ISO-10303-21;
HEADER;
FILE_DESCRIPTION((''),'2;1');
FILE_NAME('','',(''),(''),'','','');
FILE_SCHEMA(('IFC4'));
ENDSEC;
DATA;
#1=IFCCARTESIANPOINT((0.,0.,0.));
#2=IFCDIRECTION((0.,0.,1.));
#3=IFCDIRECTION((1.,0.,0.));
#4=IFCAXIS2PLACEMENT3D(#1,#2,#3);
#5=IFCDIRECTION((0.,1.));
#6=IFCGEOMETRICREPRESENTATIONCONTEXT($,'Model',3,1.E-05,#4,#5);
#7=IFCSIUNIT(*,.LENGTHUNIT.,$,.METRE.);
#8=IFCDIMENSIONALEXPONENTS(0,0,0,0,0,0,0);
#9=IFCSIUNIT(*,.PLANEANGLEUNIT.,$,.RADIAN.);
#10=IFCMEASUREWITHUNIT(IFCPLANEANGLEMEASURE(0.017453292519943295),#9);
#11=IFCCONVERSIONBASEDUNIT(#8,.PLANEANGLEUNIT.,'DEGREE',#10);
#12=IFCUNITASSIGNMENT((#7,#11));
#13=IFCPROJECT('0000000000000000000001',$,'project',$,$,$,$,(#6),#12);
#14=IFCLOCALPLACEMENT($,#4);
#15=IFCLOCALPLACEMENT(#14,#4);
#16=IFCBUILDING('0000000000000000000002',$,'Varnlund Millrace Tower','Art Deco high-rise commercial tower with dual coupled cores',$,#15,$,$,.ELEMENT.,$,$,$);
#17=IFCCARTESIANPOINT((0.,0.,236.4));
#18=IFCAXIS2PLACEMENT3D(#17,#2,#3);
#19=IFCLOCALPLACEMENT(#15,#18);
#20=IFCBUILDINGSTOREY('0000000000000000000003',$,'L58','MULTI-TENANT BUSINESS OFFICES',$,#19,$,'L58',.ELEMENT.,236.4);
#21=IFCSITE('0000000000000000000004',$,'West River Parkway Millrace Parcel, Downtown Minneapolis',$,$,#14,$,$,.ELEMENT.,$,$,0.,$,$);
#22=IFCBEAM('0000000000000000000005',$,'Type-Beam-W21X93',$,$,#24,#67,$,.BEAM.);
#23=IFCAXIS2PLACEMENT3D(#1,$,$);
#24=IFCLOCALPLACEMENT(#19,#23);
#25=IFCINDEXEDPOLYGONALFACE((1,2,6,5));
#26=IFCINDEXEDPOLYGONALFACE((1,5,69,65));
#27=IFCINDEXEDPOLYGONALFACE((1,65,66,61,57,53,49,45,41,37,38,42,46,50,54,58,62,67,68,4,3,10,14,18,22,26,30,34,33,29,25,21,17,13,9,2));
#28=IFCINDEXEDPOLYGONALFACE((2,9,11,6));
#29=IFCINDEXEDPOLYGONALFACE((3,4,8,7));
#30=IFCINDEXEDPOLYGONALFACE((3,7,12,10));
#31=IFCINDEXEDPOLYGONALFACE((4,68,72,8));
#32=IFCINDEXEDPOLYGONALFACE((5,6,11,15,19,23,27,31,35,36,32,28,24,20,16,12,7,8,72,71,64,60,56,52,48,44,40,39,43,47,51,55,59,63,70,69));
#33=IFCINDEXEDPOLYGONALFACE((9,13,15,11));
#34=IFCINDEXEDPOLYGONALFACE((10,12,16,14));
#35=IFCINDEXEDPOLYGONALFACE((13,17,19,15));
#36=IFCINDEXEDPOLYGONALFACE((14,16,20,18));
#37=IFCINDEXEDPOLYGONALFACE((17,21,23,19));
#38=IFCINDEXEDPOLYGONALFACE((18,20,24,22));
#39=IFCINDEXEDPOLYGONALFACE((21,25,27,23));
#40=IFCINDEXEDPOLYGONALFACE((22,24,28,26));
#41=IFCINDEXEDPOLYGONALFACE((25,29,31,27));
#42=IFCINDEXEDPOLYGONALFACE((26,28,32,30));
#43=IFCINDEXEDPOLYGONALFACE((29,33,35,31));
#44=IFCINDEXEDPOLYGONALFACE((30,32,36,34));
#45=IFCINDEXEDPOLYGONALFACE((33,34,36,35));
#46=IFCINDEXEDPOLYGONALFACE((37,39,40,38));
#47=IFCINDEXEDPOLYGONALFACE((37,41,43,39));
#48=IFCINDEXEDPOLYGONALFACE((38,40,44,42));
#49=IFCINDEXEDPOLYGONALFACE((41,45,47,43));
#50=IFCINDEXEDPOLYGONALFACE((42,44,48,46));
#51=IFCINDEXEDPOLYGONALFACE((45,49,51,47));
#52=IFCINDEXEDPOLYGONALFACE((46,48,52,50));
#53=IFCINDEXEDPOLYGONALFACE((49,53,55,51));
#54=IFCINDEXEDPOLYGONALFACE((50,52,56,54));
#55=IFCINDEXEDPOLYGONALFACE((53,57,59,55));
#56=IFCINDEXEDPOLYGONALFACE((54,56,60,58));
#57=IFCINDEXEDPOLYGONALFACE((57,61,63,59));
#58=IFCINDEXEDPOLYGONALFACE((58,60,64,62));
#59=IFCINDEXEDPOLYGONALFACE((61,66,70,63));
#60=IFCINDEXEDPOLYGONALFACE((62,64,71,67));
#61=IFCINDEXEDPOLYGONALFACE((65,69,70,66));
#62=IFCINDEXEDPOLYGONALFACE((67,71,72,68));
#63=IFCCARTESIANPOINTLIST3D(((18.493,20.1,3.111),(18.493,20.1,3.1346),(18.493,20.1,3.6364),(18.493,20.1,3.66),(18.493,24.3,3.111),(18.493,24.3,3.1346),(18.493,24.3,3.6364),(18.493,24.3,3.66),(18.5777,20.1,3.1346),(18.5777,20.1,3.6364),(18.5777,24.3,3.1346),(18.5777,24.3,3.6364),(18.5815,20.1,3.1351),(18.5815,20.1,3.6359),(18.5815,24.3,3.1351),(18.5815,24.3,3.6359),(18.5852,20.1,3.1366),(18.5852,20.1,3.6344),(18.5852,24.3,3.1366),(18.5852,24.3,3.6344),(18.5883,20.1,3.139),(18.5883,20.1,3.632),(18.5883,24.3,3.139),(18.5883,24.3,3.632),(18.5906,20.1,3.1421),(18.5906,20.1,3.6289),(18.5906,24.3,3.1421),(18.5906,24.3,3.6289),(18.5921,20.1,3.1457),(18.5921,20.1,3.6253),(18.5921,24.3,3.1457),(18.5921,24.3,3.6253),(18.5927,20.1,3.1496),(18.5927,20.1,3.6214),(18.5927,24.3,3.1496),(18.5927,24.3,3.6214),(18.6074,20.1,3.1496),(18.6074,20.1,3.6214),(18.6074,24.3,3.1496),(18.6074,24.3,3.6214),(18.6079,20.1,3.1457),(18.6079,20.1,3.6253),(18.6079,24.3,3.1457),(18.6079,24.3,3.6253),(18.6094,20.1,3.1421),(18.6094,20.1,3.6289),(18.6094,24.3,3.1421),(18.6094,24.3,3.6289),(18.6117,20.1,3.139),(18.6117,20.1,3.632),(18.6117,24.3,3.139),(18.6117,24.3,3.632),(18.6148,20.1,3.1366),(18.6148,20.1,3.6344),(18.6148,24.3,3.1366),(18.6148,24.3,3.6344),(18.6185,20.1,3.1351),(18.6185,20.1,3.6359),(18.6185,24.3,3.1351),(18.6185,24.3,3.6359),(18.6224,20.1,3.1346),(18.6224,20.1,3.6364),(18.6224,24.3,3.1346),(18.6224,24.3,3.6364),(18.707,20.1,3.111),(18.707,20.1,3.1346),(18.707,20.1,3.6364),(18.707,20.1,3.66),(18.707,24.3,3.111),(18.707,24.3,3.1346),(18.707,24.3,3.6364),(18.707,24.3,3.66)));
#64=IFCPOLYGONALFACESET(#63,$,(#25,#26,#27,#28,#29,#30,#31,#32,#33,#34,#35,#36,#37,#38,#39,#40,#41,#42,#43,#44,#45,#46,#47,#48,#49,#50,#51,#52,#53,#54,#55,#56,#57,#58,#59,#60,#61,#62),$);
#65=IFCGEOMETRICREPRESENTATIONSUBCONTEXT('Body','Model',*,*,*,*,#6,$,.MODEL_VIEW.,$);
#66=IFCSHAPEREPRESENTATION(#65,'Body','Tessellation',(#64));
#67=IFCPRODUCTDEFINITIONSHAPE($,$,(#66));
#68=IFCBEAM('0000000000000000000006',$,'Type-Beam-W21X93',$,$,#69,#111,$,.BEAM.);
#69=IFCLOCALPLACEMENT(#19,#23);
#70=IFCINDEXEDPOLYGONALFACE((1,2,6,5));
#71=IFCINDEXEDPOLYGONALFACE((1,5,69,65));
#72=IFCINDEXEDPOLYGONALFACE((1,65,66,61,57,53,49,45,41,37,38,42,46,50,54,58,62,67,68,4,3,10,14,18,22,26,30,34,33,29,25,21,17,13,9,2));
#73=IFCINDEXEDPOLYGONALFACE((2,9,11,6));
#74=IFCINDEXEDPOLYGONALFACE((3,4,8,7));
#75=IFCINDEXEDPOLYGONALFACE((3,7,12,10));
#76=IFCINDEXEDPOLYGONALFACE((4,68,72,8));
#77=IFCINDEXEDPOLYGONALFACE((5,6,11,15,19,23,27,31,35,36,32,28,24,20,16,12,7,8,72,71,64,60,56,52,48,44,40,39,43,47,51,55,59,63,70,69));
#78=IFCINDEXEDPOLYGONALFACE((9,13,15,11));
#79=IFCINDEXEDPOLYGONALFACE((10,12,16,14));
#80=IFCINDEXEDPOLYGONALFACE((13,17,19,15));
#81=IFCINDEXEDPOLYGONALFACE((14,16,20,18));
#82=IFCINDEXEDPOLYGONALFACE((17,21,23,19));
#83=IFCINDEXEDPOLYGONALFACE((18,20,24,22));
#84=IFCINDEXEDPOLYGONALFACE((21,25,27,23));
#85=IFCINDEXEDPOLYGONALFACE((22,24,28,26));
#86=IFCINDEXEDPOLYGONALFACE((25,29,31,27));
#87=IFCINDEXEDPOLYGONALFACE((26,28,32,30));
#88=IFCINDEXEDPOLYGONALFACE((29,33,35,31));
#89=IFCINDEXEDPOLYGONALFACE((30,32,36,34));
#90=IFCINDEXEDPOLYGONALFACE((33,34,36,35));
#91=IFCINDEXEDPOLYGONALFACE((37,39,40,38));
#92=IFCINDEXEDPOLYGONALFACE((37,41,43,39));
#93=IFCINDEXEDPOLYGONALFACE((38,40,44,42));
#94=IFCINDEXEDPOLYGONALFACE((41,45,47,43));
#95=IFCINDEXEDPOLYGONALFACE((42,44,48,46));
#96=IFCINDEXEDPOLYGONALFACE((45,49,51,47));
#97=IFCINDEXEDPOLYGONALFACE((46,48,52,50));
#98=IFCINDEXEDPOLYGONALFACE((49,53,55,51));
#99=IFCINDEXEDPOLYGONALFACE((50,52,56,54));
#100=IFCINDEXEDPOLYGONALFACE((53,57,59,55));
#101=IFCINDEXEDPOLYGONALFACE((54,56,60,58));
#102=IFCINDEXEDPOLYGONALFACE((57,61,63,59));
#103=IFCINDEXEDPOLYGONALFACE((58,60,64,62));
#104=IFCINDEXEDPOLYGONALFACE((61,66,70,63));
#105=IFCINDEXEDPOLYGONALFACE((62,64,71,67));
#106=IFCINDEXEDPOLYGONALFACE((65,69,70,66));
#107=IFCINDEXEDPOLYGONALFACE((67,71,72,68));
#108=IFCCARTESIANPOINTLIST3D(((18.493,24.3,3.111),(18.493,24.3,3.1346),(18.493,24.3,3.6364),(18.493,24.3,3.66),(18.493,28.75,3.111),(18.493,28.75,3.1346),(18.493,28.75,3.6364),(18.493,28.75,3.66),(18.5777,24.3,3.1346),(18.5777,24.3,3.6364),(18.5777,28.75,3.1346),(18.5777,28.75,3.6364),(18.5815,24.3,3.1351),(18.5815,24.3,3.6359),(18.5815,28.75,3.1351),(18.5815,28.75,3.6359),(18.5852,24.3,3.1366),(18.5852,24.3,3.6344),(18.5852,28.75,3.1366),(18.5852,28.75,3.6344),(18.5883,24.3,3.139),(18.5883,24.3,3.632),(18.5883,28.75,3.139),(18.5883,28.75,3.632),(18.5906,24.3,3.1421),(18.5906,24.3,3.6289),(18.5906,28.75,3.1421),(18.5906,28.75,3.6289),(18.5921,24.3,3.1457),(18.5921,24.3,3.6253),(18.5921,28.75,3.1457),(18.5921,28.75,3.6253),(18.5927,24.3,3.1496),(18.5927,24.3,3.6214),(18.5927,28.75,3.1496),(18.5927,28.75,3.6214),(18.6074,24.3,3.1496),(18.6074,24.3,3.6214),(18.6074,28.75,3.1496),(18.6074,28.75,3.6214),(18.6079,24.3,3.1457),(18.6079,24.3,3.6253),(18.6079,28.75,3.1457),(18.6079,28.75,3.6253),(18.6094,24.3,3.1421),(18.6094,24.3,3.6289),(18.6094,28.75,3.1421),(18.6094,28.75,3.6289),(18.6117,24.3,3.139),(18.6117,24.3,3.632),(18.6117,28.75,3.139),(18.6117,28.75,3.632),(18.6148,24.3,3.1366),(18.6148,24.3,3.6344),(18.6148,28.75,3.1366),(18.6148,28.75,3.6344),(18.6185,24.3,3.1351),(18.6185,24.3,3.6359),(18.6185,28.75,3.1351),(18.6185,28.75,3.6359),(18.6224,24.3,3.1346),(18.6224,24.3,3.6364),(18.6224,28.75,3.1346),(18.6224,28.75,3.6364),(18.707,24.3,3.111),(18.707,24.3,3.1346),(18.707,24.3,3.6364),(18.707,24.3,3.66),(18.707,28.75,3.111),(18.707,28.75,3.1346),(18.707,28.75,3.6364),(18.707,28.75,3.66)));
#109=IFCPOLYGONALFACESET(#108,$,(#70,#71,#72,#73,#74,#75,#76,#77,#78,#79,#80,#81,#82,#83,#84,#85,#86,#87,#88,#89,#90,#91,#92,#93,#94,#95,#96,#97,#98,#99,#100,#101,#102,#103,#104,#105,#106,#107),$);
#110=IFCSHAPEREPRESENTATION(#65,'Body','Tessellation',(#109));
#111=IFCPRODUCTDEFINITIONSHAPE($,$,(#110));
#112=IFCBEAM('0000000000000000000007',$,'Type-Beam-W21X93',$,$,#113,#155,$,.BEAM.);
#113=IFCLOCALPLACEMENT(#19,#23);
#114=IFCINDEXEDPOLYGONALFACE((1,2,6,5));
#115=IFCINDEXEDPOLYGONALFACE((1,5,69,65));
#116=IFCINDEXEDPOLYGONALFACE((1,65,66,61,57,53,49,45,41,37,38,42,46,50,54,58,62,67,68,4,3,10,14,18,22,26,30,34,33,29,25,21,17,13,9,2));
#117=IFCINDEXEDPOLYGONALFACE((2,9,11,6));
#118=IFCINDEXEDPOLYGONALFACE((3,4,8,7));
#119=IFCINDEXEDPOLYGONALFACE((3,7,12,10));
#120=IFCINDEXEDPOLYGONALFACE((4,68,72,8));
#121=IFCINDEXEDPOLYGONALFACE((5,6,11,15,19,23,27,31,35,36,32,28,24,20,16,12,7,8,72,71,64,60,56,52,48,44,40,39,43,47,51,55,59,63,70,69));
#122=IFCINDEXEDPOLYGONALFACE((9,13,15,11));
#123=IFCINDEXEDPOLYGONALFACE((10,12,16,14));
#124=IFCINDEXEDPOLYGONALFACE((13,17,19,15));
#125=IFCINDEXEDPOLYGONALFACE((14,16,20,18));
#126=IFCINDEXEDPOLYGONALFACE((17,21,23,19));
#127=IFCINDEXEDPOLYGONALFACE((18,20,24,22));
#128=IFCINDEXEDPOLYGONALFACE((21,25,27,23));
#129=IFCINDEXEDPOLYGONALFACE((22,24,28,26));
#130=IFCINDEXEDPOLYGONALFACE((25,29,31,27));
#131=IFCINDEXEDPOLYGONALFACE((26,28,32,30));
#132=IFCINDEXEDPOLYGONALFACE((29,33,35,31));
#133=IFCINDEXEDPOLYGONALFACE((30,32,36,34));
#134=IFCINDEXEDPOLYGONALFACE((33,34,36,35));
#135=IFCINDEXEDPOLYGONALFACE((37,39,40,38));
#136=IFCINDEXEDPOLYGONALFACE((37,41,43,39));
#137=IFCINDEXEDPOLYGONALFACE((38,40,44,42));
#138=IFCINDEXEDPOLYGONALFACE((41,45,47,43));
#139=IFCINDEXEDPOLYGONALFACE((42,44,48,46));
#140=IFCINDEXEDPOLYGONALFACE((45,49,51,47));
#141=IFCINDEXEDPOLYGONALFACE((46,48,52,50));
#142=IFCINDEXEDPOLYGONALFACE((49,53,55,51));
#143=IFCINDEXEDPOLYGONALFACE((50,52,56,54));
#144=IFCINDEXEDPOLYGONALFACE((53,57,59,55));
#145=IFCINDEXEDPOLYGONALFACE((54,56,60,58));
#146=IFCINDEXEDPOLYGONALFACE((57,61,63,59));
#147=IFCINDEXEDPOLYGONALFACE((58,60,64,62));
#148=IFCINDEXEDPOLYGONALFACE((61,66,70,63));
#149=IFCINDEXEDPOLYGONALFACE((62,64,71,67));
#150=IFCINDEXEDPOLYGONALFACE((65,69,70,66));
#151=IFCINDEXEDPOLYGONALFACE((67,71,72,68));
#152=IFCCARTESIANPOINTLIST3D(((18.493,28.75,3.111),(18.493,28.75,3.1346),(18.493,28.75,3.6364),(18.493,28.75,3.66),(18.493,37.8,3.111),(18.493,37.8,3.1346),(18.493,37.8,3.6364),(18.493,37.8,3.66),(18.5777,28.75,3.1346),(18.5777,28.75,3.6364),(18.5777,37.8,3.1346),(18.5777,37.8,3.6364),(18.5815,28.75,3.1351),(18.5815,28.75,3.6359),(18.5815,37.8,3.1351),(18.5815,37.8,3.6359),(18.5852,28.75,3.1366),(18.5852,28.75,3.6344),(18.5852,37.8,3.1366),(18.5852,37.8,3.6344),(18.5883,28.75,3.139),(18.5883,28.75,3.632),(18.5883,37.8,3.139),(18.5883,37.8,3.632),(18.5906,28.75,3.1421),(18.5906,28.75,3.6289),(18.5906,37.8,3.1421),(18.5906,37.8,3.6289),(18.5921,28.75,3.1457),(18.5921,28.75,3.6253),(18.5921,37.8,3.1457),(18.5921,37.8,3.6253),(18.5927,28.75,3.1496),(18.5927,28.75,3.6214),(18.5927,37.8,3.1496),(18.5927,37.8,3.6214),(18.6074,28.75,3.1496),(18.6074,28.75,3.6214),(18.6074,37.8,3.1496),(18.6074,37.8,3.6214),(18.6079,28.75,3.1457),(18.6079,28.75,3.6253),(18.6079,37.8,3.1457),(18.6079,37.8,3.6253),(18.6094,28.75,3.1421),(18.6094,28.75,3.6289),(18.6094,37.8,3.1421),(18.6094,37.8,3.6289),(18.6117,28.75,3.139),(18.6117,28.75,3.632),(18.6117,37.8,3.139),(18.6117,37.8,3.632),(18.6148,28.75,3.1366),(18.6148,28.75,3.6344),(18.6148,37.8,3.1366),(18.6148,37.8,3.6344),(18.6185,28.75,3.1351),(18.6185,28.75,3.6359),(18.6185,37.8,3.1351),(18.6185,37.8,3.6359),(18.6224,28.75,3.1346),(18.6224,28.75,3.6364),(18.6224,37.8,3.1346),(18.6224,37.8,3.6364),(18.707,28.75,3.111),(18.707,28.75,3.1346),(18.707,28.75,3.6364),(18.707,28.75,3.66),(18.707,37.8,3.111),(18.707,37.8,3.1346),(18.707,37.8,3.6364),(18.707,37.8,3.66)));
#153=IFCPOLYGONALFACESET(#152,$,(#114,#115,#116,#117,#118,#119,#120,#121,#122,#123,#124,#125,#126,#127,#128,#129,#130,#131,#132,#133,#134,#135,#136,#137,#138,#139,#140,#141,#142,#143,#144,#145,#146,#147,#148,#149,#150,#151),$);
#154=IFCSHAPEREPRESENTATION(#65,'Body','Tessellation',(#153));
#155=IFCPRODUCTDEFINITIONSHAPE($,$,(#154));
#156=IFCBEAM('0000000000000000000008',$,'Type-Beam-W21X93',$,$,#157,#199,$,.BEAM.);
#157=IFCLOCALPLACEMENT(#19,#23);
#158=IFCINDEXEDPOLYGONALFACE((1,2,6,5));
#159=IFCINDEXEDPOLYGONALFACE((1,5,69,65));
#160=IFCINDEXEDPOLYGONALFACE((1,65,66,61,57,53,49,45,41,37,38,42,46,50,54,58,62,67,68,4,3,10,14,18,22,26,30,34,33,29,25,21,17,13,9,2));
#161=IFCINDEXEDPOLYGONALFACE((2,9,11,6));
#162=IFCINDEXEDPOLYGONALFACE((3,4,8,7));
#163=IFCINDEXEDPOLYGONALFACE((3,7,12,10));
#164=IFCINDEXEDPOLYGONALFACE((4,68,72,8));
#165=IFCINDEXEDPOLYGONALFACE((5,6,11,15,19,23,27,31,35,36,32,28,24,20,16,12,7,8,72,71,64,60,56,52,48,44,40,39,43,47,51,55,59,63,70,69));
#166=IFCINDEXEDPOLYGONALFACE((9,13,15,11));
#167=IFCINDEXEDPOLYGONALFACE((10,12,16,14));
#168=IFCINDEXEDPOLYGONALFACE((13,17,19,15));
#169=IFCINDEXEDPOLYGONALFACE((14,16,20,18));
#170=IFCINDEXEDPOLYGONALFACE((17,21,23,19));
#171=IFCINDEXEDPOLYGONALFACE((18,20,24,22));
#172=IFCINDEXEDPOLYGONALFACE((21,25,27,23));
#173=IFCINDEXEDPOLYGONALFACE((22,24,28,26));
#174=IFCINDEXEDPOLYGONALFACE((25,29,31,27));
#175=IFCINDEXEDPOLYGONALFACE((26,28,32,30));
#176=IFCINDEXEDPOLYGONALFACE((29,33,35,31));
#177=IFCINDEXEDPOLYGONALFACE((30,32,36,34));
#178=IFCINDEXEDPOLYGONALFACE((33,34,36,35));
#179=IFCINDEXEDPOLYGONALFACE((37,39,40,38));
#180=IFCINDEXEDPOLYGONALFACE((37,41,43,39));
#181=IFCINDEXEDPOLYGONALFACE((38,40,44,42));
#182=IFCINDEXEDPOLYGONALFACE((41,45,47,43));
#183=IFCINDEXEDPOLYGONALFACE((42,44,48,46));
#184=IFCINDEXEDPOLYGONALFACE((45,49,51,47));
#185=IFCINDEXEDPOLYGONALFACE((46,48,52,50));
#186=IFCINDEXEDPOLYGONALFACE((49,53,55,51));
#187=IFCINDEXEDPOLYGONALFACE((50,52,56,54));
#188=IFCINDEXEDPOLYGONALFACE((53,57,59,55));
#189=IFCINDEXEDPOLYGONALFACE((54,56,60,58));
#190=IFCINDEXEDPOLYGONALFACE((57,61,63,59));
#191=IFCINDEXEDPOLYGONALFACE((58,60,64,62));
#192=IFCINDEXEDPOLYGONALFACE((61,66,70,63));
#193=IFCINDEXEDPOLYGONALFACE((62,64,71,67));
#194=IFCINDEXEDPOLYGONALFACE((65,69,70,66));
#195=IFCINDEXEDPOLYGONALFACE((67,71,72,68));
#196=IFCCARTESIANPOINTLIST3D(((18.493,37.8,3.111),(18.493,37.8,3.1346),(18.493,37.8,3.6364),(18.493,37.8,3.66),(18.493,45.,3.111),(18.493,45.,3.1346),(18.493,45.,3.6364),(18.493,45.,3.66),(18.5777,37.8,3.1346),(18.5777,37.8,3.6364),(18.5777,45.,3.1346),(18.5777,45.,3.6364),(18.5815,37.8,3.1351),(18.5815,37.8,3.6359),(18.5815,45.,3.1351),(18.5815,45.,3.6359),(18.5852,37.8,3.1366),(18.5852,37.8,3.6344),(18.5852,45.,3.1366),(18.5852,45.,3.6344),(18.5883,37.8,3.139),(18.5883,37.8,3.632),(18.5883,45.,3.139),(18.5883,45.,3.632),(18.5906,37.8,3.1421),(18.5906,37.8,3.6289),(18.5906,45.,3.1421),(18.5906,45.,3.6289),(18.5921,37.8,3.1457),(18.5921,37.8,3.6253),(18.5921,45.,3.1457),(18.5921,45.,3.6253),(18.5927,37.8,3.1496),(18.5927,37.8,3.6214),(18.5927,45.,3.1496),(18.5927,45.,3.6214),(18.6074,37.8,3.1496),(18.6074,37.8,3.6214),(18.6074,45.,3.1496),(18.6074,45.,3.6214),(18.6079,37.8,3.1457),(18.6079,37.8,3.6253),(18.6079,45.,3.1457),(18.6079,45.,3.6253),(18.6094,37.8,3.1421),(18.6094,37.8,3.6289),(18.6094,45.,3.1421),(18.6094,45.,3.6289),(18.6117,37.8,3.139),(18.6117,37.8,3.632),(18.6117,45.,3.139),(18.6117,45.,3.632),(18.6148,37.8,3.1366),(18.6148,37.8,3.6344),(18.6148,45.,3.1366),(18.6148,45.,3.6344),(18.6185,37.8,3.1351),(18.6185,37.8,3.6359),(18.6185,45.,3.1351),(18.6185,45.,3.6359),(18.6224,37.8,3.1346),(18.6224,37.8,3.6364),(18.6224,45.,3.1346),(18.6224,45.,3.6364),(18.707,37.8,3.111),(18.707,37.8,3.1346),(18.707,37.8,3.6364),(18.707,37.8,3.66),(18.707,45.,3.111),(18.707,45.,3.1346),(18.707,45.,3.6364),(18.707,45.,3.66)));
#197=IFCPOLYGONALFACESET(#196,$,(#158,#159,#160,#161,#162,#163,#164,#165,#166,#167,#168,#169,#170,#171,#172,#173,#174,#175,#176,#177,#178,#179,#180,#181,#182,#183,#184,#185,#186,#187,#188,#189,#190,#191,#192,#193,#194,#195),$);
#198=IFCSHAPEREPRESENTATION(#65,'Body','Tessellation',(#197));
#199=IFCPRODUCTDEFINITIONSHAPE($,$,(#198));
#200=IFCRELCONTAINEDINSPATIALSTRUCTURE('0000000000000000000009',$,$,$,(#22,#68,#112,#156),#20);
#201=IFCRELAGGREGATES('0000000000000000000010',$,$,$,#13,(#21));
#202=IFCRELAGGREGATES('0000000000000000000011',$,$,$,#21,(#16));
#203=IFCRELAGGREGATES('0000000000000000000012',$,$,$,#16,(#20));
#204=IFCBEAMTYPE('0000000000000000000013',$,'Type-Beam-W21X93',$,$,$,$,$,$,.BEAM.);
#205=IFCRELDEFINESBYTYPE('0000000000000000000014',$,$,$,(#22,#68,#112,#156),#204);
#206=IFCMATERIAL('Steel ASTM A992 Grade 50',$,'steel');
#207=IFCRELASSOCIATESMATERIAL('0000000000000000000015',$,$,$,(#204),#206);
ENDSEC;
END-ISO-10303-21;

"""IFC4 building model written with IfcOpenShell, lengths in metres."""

from ifc_helpers import new_model, entity, si_unit, converted_unit, direction, frame, origin_with_axes, origin_2d_with_axis, place, context, subcontext, project, spatial, i_section, extrude, material, material_profile, profile_set, type_object, element, save


model = new_model("IFC4")

# Units and contexts
model_context = context("Model", 3, precision=1e-05, world=origin_with_axes(), true_north=direction((0.0, 1.0)))
body_context = subcontext(model_context, "Body", "Model", "MODEL_VIEW")
ifc_project = project(units=[si_unit("LENGTHUNIT", "METRE"), converted_unit("PLANEANGLEUNIT", "DEGREE", entity("IfcPlaneAngleMeasure", 0.017453292519943295), si_unit("PLANEANGLEUNIT", "RADIAN"), dimensions=[0, 0, 0, 0, 0, 0, 0])], contexts=[model_context])

# Site, building, storey
site_placement = place(None, origin_with_axes())
site = spatial("IfcSite", under=ifc_project, at=site_placement, Name="West River Parkway Millrace Parcel, Downtown Minneapolis", CompositionType="ELEMENT", RefElevation=0.0)
building_placement = place(site_placement, origin_with_axes())
building = spatial("IfcBuilding", under=site, at=building_placement, Name="Varnlund Millrace Tower", Description="Art Deco high-rise commercial tower with dual coupled cores", CompositionType="ELEMENT")
storey_placement = place(building_placement, frame((0.0, 0.0, 236.4), z_axis=(0.0, 0.0, 1.0), x_axis=(1.0, 0.0, 0.0)))
storey = spatial("IfcBuildingStorey", under=building, at=storey_placement, Name="L58", Description="MULTI-TENANT BUSINESS OFFICES", LongName="L58", CompositionType="ELEMENT", Elevation=236.4)

# Beams
ifc_material_1 = material(Name="Steel ASTM A992 Grade 50", Category="steel")
ifc_material_profile_1 = material_profile(ifc_material_1, i_section(OverallWidth=0.214, OverallDepth=0.549, WebThickness=0.0147, FlangeThickness=0.0236, FilletRadius=0.015, at=origin_2d_with_axis()), Name="Steel ASTM A992 Grade 50")
ifc_profile_set_1 = profile_set([ifc_material_profile_1], Name="Steel ASTM A992 Grade 50")
beam_type_1 = type_object("IfcBeamType", Name="Type-Beam-W21X93", PredefinedType="BEAM", material=ifc_profile_set_1)
beam_1_placement = place(storey_placement, frame((18.6, 20.1, 3.3855), z_axis=(0.0, 1.0, 0.0), x_axis=(-1.0, 0.0, 0.0)))
element("IfcBeam", 1, at=beam_1_placement, inside=storey, type_object=beam_type_1, Name="Type-Beam-W21X93", PredefinedType="BEAM", context=body_context, shape_type="SweptSolid", body=[
    extrude(i_section(OverallWidth=0.214, OverallDepth=0.549, WebThickness=0.0147, FlangeThickness=0.0236, FilletRadius=0.015, at=origin_2d_with_axis()), origin_with_axes(), (0.0, 0.0, 1.0), 4.2),
])
beam_2_placement = place(storey_placement, frame((18.6, 24.3, 3.3855), z_axis=(0.0, 1.0, 0.0), x_axis=(-1.0, 0.0, 0.0)))
element("IfcBeam", 2, at=beam_2_placement, inside=storey, type_object=beam_type_1, Name="Type-Beam-W21X93", PredefinedType="BEAM", context=body_context, shape_type="SweptSolid", body=[
    extrude(i_section(OverallWidth=0.214, OverallDepth=0.549, WebThickness=0.0147, FlangeThickness=0.0236, FilletRadius=0.015, at=origin_2d_with_axis()), origin_with_axes(), (0.0, 0.0, 1.0), 4.45),
])
beam_3_placement = place(storey_placement, frame((18.6, 28.75, 3.3855), z_axis=(0.0, 1.0, 0.0), x_axis=(-1.0, 0.0, 0.0)))
element("IfcBeam", 3, at=beam_3_placement, inside=storey, type_object=beam_type_1, Name="Type-Beam-W21X93", PredefinedType="BEAM", context=body_context, shape_type="SweptSolid", body=[
    extrude(i_section(OverallWidth=0.214, OverallDepth=0.549, WebThickness=0.0147, FlangeThickness=0.0236, FilletRadius=0.015, at=origin_2d_with_axis()), origin_with_axes(), (0.0, 0.0, 1.0), 9.05),
])
beam_4_placement = place(storey_placement, frame((18.6, 37.8, 3.3855), z_axis=(0.0, 1.0, 0.0), x_axis=(-1.0, 0.0, 0.0)))
element("IfcBeam", 4, at=beam_4_placement, inside=storey, type_object=beam_type_1, Name="Type-Beam-W21X93", PredefinedType="BEAM", context=body_context, shape_type="SweptSolid", body=[
    extrude(i_section(OverallWidth=0.214, OverallDepth=0.549, WebThickness=0.0147, FlangeThickness=0.0236, FilletRadius=0.015, at=origin_2d_with_axis()), origin_with_axes(), (0.0, 0.0, 1.0), 7.2),
])

save(model, "model.ifc")
